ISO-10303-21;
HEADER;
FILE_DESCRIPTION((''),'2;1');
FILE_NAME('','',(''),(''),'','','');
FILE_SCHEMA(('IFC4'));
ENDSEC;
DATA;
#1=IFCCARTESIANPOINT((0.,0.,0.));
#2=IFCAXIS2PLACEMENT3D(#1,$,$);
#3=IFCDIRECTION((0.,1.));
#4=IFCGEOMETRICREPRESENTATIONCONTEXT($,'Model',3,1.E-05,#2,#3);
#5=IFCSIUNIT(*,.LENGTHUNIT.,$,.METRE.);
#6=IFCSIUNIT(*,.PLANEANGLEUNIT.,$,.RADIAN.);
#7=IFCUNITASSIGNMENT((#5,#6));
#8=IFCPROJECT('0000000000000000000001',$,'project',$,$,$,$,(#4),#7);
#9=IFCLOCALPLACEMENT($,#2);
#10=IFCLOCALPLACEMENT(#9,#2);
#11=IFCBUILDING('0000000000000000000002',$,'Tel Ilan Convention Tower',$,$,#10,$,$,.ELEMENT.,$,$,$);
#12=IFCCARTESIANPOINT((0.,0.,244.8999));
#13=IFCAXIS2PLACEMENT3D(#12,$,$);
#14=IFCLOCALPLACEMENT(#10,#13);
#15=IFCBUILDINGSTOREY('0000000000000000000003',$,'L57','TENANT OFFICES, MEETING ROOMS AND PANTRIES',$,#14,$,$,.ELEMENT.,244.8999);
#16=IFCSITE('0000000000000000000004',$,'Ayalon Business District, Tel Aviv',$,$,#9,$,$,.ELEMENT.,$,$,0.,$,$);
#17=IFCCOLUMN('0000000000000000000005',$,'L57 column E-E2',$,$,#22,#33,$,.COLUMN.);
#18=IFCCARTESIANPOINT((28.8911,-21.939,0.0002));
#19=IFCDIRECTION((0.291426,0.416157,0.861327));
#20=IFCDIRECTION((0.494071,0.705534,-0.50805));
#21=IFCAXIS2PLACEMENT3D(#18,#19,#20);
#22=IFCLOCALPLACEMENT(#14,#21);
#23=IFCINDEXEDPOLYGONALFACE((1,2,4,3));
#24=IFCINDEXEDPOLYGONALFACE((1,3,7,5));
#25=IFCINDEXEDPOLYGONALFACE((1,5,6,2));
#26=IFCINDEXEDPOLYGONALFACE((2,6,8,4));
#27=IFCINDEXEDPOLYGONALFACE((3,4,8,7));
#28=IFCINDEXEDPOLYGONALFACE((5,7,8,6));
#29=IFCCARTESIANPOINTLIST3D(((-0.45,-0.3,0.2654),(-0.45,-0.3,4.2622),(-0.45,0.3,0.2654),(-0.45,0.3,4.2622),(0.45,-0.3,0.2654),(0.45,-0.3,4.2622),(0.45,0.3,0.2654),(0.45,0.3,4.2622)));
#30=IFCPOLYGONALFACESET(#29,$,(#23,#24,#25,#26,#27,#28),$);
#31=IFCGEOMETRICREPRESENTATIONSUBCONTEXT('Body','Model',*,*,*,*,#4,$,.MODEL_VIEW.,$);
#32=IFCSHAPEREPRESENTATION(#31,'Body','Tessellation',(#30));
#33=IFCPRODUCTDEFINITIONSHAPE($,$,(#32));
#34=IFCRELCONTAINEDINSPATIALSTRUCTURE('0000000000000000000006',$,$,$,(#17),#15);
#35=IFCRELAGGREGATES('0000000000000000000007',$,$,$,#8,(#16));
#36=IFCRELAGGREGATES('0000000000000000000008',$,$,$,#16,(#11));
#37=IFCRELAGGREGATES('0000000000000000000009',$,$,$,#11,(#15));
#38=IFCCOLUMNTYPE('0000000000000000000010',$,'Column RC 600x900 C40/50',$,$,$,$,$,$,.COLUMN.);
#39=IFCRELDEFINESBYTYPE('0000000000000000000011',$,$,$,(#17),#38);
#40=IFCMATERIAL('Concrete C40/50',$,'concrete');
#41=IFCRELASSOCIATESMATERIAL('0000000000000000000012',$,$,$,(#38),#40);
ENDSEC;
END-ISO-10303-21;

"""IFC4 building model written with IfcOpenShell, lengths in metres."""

from ifc_helpers import new_model, si_unit, direction, frame, origin, origin_2d, place, context, subcontext, project, spatial, rectangle, extrude, clip, halfspace, material, material_profile, profile_set, type_object, element, save


model = new_model("IFC4")

# Units and contexts
model_context = context("Model", 3, precision=1e-05, world=origin(), true_north=direction((0.0, 1.0)))
body_context = subcontext(model_context, "Body", "Model", "MODEL_VIEW")
ifc_project = project(units=[si_unit("LENGTHUNIT", "METRE"), si_unit("PLANEANGLEUNIT", "RADIAN")], contexts=[model_context])

# Site, building, storey
site_placement = place(None, origin())
site = spatial("IfcSite", under=ifc_project, at=site_placement, Name="Ayalon Business District, Tel Aviv", CompositionType="ELEMENT", RefElevation=0.0)
building_placement = place(site_placement, origin())
building = spatial("IfcBuilding", under=site, at=building_placement, Name="Tel Ilan Convention Tower", CompositionType="ELEMENT")
storey_placement = place(building_placement, frame((0.0, 0.0, 244.8999)))
storey = spatial("IfcBuildingStorey", under=building, at=storey_placement, Name="L57", Description="TENANT OFFICES, MEETING ROOMS AND PANTRIES", CompositionType="ELEMENT", Elevation=244.8999)

# Column
ifc_material_1 = material(Name="Concrete C40/50", Category="concrete")
ifc_material_profile_1 = material_profile(ifc_material_1, rectangle(XDim=0.8999, YDim=0.6001, at=origin_2d()), Name="RC 600x900")
ifc_profile_set_1 = profile_set([ifc_material_profile_1], Name="Concrete C40/50")
column_type = type_object("IfcColumnType", Name="Column RC 600x900 C40/50", PredefinedType="COLUMN", material=ifc_profile_set_1)
column_1_placement = place(storey_placement, frame((28.8911, -21.939, 0.0002), z_axis=(0.291426, 0.416157, 0.861327), x_axis=(0.494071, 0.705534, -0.50805)))
element("IfcColumn", 1, at=column_1_placement, inside=storey, type_object=column_type, Name="L57 column E-E2", PredefinedType="COLUMN", context=body_context, shape_type="Clipping", body=[
    clip(clip(extrude(rectangle(XDim=0.8999, YDim=0.6001, at=origin_2d()), origin(), (0.0, 0.0, 1.0), 4.5276), halfspace(frame((0.0, 0.0, 0.2654), z_axis=(0.0, 0.0, 1.0), x_axis=(1.0, 0.0, 0.0)), True)), halfspace(frame((0.0, 0.0, 4.2622), z_axis=(0.0, 0.0, 1.0), x_axis=(1.0, 0.0, 0.0)), False)),
])

save(model, "model.ifc")
